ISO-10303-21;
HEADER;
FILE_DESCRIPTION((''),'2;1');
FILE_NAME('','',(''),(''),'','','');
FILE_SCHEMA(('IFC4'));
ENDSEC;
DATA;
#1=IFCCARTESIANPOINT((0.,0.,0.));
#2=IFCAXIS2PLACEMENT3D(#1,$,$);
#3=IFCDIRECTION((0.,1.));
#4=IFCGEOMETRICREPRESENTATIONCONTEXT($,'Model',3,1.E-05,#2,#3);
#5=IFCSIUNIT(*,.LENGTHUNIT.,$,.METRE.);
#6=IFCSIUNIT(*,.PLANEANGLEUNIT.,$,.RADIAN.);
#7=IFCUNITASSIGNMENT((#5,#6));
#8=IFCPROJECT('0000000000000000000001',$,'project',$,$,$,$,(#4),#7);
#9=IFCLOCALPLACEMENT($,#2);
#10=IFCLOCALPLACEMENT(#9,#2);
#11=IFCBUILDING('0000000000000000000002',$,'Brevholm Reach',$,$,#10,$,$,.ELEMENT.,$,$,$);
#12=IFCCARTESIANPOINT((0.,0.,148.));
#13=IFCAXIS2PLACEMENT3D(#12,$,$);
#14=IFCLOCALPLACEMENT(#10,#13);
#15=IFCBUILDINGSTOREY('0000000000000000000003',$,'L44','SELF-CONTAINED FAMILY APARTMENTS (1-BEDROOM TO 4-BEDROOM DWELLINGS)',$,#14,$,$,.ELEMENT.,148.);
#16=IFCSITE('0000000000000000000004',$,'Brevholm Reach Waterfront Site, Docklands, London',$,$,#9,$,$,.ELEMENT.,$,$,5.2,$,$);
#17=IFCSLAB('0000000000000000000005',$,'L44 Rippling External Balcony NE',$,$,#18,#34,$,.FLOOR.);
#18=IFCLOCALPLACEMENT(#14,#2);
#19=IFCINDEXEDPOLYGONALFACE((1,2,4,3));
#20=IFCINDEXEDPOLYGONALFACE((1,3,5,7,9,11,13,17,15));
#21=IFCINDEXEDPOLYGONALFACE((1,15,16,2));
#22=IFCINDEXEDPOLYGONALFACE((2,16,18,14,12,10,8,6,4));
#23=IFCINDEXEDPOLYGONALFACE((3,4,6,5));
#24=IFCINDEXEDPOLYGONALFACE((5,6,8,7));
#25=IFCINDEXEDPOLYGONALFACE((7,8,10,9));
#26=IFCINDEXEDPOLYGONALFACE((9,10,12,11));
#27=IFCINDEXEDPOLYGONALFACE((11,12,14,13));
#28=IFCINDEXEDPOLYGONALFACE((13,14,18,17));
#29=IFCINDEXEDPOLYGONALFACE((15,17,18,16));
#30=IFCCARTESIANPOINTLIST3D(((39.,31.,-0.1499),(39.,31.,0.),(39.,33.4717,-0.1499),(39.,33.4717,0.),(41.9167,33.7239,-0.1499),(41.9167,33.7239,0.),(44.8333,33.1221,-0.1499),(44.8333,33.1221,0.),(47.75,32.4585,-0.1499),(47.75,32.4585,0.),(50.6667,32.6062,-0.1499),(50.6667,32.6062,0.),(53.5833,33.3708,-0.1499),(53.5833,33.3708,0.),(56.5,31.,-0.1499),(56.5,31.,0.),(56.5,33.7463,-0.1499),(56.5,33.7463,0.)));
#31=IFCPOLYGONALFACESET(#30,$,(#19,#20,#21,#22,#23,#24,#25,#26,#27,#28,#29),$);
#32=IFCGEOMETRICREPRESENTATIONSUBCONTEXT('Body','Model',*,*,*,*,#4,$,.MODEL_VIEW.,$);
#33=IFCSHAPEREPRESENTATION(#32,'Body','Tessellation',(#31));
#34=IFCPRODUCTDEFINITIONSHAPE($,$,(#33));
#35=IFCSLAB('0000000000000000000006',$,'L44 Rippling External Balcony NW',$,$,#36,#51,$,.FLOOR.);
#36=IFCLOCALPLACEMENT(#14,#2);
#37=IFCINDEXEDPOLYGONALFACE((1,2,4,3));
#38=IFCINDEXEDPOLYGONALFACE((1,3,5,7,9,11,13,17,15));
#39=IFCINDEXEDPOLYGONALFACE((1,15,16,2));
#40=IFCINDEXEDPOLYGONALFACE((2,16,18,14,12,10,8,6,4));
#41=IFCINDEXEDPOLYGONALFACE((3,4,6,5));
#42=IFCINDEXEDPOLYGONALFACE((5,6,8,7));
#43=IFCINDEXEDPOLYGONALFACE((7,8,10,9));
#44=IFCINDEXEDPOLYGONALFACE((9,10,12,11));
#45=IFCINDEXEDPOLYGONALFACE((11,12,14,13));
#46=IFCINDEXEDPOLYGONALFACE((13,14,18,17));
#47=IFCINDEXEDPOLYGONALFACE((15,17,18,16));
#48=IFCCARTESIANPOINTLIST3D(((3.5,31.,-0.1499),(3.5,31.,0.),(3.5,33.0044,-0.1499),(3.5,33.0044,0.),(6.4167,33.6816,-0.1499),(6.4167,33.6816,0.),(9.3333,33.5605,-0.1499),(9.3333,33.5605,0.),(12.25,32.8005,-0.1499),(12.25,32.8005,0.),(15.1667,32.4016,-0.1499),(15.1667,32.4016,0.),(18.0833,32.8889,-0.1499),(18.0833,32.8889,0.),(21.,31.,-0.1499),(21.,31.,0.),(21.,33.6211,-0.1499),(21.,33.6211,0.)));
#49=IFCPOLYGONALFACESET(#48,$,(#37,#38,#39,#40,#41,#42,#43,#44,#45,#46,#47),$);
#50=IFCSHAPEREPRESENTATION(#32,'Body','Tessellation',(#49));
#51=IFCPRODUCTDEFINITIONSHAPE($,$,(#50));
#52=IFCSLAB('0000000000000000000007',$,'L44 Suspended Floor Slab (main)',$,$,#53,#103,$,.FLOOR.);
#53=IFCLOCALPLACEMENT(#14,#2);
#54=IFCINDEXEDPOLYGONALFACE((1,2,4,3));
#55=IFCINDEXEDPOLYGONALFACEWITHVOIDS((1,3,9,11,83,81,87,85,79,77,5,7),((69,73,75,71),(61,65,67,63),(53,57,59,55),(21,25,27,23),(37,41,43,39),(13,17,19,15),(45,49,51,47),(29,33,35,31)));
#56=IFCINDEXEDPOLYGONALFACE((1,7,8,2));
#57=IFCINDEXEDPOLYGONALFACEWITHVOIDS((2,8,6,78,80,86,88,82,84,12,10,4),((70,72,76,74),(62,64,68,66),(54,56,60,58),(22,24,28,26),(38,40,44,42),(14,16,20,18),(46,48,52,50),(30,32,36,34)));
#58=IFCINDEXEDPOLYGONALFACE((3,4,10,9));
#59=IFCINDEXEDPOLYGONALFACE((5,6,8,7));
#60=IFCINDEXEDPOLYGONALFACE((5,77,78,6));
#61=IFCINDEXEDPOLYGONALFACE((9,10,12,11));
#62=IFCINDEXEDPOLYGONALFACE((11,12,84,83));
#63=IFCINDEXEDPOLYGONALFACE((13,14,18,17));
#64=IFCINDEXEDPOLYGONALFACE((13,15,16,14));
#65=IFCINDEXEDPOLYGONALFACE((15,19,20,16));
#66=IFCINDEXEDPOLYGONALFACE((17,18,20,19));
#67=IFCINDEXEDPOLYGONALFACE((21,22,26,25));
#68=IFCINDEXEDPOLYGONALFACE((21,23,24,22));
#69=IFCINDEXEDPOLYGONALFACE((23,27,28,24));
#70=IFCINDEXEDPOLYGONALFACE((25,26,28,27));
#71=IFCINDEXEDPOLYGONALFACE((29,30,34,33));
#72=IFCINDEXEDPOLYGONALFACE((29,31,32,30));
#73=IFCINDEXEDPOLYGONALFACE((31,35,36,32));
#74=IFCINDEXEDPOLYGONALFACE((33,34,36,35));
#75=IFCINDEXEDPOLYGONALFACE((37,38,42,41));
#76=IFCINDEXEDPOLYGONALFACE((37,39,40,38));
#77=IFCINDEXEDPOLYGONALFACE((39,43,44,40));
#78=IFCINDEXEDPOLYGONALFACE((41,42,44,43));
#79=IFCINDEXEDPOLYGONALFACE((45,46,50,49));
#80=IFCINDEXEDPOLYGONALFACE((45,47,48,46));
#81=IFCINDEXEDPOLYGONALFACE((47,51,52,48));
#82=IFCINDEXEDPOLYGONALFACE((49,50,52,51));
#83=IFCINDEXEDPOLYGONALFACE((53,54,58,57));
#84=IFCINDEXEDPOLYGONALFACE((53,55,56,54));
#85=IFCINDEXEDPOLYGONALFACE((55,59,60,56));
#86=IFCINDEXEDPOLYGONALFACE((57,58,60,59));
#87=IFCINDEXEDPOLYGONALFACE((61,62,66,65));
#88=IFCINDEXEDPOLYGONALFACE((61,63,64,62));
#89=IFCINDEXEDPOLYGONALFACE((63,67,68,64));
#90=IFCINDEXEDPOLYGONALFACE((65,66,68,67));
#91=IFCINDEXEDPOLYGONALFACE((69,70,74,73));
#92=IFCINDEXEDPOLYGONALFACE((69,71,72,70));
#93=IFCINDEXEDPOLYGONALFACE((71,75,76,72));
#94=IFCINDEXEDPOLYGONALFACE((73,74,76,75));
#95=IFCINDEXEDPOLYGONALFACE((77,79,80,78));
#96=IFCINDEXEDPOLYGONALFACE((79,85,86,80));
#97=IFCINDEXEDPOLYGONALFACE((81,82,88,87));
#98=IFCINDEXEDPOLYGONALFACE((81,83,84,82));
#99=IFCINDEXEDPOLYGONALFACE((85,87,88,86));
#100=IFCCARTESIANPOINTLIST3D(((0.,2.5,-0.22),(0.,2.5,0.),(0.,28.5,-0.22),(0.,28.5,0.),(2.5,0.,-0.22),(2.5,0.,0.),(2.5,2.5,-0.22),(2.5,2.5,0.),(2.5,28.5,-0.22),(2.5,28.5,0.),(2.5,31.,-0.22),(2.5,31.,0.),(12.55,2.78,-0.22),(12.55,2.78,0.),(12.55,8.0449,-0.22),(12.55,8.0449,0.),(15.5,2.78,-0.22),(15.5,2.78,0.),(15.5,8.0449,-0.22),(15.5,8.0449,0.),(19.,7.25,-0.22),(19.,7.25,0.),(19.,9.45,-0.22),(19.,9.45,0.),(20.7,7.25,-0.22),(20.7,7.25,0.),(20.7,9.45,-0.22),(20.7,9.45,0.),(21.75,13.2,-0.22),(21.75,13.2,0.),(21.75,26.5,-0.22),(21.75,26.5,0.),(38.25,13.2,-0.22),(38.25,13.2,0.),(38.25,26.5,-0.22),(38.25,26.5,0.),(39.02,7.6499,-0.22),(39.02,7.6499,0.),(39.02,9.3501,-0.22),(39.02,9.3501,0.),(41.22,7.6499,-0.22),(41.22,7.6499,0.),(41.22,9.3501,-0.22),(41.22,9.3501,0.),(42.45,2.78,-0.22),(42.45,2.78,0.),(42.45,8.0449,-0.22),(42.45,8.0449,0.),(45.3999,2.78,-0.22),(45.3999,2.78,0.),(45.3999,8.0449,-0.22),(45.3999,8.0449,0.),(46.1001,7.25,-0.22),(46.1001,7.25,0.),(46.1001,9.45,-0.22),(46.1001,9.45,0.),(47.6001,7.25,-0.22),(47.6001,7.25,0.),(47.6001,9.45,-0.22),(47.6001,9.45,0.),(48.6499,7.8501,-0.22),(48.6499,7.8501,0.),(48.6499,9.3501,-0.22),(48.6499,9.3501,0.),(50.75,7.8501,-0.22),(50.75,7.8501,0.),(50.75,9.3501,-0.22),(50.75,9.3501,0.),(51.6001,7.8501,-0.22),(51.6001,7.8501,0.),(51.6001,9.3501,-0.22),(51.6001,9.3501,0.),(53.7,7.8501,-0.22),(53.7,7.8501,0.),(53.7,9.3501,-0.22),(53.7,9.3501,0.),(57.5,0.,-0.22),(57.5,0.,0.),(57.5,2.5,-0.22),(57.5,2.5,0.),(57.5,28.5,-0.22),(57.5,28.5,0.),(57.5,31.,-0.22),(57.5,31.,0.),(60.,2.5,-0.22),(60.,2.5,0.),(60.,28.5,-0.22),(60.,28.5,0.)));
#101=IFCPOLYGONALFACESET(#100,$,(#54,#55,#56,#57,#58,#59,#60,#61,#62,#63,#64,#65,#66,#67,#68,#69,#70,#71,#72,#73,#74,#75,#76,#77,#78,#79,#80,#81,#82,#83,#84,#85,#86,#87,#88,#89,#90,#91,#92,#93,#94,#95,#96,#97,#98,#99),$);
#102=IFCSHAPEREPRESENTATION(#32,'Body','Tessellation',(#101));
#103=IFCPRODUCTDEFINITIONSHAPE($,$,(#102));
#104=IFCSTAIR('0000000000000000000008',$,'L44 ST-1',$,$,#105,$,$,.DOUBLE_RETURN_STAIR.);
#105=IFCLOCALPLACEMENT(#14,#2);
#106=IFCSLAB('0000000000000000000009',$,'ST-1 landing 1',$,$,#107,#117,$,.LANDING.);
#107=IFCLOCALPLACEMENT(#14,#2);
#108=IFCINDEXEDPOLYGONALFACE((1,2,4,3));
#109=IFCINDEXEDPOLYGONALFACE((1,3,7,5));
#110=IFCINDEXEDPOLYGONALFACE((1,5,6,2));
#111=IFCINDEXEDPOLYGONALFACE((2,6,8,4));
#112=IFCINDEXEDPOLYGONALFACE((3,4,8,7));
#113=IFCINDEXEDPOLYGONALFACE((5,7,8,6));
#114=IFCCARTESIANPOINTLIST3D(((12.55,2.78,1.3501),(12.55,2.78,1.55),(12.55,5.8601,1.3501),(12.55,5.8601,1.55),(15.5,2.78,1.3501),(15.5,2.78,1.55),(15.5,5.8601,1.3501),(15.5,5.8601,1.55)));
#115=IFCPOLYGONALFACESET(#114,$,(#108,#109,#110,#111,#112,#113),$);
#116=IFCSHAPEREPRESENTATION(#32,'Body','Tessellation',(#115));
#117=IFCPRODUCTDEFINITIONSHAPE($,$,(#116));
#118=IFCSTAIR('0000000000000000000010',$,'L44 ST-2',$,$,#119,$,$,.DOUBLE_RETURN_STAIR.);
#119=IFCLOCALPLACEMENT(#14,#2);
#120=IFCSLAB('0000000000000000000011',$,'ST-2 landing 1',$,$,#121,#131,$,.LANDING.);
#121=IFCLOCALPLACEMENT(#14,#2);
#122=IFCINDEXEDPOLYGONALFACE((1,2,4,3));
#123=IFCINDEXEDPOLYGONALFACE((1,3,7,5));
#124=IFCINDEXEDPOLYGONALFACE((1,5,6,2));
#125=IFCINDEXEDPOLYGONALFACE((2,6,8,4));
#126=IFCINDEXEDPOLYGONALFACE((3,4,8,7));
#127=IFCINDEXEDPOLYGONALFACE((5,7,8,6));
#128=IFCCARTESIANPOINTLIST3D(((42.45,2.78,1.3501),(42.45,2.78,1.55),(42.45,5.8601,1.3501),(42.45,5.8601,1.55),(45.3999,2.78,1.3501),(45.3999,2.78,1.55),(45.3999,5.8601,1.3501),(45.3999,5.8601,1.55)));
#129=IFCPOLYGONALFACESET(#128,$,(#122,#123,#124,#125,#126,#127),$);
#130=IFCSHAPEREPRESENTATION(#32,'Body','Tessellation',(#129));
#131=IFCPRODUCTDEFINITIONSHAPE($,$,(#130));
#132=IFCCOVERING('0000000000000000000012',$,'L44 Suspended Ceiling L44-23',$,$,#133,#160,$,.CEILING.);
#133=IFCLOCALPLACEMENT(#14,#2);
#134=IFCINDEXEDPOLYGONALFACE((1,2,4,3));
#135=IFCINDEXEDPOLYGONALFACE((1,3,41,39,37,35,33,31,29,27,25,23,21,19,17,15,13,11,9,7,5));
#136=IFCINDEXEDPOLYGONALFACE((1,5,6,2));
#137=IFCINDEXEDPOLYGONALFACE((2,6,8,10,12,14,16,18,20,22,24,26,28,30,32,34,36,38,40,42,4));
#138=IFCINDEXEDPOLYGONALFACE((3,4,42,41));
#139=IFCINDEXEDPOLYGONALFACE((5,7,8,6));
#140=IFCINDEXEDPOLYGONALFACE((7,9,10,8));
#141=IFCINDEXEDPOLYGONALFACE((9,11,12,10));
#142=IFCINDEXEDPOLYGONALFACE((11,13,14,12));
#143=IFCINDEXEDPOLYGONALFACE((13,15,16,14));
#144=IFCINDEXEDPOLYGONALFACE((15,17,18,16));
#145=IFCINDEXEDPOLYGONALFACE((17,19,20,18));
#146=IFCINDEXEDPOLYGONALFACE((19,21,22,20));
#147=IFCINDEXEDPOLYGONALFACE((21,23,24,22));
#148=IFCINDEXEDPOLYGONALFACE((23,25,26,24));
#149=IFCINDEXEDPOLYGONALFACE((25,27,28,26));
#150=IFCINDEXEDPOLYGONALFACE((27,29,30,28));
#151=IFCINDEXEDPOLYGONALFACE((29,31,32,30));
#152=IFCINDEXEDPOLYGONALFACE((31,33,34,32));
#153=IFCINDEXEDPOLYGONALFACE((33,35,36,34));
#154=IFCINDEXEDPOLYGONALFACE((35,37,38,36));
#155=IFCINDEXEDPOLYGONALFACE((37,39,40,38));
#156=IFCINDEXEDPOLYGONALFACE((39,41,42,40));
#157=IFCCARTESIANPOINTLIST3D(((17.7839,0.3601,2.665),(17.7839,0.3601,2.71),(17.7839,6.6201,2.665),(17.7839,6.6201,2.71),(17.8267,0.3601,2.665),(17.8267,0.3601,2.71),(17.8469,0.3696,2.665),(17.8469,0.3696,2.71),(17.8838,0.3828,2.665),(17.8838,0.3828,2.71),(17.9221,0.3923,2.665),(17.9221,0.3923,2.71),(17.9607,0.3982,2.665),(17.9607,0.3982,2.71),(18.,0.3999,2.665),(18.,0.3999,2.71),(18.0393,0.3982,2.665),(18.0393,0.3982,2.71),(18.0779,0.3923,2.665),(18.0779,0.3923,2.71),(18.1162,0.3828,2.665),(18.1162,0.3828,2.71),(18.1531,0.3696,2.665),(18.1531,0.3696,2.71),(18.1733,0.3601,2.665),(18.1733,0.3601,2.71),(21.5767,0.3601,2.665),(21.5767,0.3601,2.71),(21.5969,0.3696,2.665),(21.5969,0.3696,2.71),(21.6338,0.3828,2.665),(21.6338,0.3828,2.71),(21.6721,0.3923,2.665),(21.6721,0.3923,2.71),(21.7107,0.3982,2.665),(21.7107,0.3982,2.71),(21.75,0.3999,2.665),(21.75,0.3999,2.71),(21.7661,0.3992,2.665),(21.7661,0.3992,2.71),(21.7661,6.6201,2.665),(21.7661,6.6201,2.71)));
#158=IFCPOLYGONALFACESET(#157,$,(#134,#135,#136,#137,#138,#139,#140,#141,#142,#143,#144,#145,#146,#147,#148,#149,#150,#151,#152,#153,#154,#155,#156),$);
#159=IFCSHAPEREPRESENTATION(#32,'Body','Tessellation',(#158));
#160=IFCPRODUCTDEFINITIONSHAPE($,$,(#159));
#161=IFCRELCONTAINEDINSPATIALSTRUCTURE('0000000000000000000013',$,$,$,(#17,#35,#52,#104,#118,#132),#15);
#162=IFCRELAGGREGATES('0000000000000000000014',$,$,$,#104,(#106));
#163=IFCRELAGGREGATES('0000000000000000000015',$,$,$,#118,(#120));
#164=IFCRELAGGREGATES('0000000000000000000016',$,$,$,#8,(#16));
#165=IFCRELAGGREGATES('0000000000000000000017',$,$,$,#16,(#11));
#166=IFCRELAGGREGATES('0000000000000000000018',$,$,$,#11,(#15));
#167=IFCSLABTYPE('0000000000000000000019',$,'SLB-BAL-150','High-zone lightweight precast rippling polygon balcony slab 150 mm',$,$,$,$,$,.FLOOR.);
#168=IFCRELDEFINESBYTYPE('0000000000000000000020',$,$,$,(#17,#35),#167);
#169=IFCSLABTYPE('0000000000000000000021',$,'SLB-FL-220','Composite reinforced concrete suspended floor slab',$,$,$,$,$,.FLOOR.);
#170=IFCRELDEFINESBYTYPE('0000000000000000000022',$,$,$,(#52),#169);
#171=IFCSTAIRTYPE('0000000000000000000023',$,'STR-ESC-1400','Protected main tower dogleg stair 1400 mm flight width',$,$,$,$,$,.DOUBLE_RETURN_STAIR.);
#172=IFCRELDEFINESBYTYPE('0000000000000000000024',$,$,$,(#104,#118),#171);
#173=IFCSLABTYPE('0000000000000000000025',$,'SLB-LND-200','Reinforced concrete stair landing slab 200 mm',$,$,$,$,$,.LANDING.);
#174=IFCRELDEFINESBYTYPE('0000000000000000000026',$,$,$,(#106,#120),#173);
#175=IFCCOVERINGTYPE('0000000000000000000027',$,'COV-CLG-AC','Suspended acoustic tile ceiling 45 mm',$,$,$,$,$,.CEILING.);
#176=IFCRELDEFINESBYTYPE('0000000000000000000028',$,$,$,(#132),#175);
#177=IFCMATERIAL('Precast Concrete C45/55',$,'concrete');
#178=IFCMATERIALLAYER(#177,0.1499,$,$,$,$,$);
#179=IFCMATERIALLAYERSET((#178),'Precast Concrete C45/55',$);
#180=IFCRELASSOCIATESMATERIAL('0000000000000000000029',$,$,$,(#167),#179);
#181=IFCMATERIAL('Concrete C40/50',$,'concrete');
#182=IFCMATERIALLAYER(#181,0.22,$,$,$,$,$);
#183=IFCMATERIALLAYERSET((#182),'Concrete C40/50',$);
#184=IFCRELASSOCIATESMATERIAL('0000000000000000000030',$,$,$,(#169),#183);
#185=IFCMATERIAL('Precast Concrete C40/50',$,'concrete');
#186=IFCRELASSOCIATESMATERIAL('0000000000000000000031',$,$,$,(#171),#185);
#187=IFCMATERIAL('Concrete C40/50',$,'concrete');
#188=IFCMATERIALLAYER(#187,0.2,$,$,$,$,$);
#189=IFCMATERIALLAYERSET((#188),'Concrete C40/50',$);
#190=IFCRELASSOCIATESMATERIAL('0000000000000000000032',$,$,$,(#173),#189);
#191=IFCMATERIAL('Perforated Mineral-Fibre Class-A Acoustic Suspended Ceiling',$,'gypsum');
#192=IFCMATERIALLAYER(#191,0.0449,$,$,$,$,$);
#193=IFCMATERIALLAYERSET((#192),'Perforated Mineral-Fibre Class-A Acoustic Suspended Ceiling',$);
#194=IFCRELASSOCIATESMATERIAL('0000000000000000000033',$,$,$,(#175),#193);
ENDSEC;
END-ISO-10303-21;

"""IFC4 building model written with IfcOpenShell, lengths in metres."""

from ifc_helpers import new_model, si_unit, direction, frame, origin, place, context, subcontext, project, spatial, polyline, outline, extrude, material, layer, layer_set, type_object, element, aggregate, save


model = new_model("IFC4")

# Units and contexts
model_context = context("Model", 3, precision=1e-05, world=origin(), true_north=direction((0.0, 1.0)))
body_context = subcontext(model_context, "Body", "Model", "MODEL_VIEW")
ifc_project = project(units=[si_unit("LENGTHUNIT", "METRE"), si_unit("PLANEANGLEUNIT", "RADIAN")], contexts=[model_context])

# Site, building, storey
site_placement = place(None, origin())
site = spatial("IfcSite", under=ifc_project, at=site_placement, Name="Brevholm Reach Waterfront Site, Docklands, London", CompositionType="ELEMENT", RefElevation=5.2)
building_placement = place(site_placement, origin())
building = spatial("IfcBuilding", under=site, at=building_placement, Name="Brevholm Reach", CompositionType="ELEMENT")
storey_placement = place(building_placement, frame((0.0, 0.0, 148.0)))
storey = spatial("IfcBuildingStorey", under=building, at=storey_placement, Name="L44", Description="SELF-CONTAINED FAMILY APARTMENTS (1-BEDROOM TO 4-BEDROOM DWELLINGS)", CompositionType="ELEMENT", Elevation=148.0)

# Slabs
ifc_material_1 = material(Name="Precast Concrete C45/55", Category="concrete")
ifc_layer_1 = layer(ifc_material_1, 0.1499)
ifc_layer_set_1 = layer_set([ifc_layer_1], Name="Precast Concrete C45/55")
slab_type_1 = type_object("IfcSlabType", Name="SLB-BAL-150", Description="High-zone lightweight precast rippling polygon balcony slab 150 mm", PredefinedType="FLOOR", material=ifc_layer_set_1)
slab_1_placement = place(storey_placement, frame((0.0, 0.0, -0.1499)))
element("IfcSlab", 1, at=slab_1_placement, inside=storey, type_object=slab_type_1, Name="L44 Rippling External Balcony NE", PredefinedType="FLOOR", context=body_context, shape_type="SweptSolid", body=[
    extrude(outline(polyline([(39.0, 31.0), (56.5, 31.0), (56.5, 33.7463), (53.5833, 33.3708), (50.6667, 32.6062), (47.75, 32.4585), (44.8333, 33.1221), (41.9167, 33.7239), (39.0, 33.4717), (39.0, 31.0)])), origin(), (0.0, 0.0, 1.0), 0.1499),
])
slab_2_placement = place(storey_placement, frame((0.0, 0.0, -0.1499)))
element("IfcSlab", 2, at=slab_2_placement, inside=storey, type_object=slab_type_1, Name="L44 Rippling External Balcony NW", PredefinedType="FLOOR", context=body_context, shape_type="SweptSolid", body=[
    extrude(outline(polyline([(3.5, 31.0), (21.0, 31.0), (21.0, 33.6211), (18.0833, 32.8889), (15.1667, 32.4016), (12.25, 32.8005), (9.3333, 33.5605), (6.4167, 33.6816), (3.5, 33.0044), (3.5, 31.0)])), origin(), (0.0, 0.0, 1.0), 0.1499),
])
ifc_material_2 = material(Name="Concrete C40/50", Category="concrete")
ifc_layer_2 = layer(ifc_material_2, 0.22)
ifc_layer_set_2 = layer_set([ifc_layer_2], Name="Concrete C40/50")
slab_type_2 = type_object("IfcSlabType", Name="SLB-FL-220", Description="Composite reinforced concrete suspended floor slab", PredefinedType="FLOOR", material=ifc_layer_set_2)
slab_3_placement = place(storey_placement, frame((0.0, 0.0, -0.22)))
element("IfcSlab", 3, at=slab_3_placement, inside=storey, type_object=slab_type_2, Name="L44 Suspended Floor Slab (main)", PredefinedType="FLOOR", context=body_context, shape_type="SweptSolid", body=[
    extrude(outline(polyline([(2.5, 0.0), (57.5, 0.0), (57.5, 2.5), (60.0, 2.5), (60.0, 28.5), (57.5, 28.5), (57.5, 31.0), (2.5, 31.0), (2.5, 28.5), (0.0, 28.5), (0.0, 2.5), (2.5, 2.5), (2.5, 0.0)]), holes=[polyline([(21.75, 13.2), (38.25, 13.2), (38.25, 26.5), (21.75, 26.5), (21.75, 13.2)]), polyline([(12.55, 2.78), (15.5, 2.78), (15.5, 8.0449), (12.55, 8.0449), (12.55, 2.78)]), polyline([(42.45, 2.78), (45.3999, 2.78), (45.3999, 8.0449), (42.45, 8.0449), (42.45, 2.78)]), polyline([(19.0, 7.25), (20.7, 7.25), (20.7, 9.45), (19.0, 9.45), (19.0, 7.25)]), polyline([(46.1001, 7.25), (47.6001, 7.25), (47.6001, 9.45), (46.1001, 9.45), (46.1001, 7.25)]), polyline([(39.02, 7.6499), (41.22, 7.6499), (41.22, 9.3501), (39.02, 9.3501), (39.02, 7.6499)]), polyline([(48.6499, 7.8501), (50.75, 7.8501), (50.75, 9.3501), (48.6499, 9.3501), (48.6499, 7.8501)]), polyline([(51.6001, 7.8501), (53.7, 7.8501), (53.7, 9.3501), (51.6001, 9.3501), (51.6001, 7.8501)])]), origin(), (0.0, 0.0, 1.0), 0.22),
])

# Stairs, slabs
ifc_material_3 = material(Name="Precast Concrete C40/50", Category="concrete")
stair_type = type_object("IfcStairType", Name="STR-ESC-1400", Description="Protected main tower dogleg stair 1400 mm flight width", PredefinedType="DOUBLE_RETURN_STAIR", material=ifc_material_3)
stair_1_placement = place(storey_placement, origin())
stair_1 = element("IfcStair", 4, at=stair_1_placement, inside=storey, type_object=stair_type, Name="L44 ST-1", PredefinedType="DOUBLE_RETURN_STAIR")
ifc_material_4 = material(Name="Concrete C40/50", Category="concrete")
ifc_layer_3 = layer(ifc_material_4, 0.2)
ifc_layer_set_3 = layer_set([ifc_layer_3], Name="Concrete C40/50")
slab_type_3 = type_object("IfcSlabType", Name="SLB-LND-200", Description="Reinforced concrete stair landing slab 200 mm", PredefinedType="LANDING", material=ifc_layer_set_3)
slab_4_placement = place(storey_placement, frame((0.0, 0.0, 1.3501)))
slab_4 = element("IfcSlab", 5, at=slab_4_placement, type_object=slab_type_3, Name="ST-1 landing 1", PredefinedType="LANDING", context=body_context, shape_type="SweptSolid", body=[
    extrude(outline(polyline([(12.55, 5.8601), (12.55, 2.78), (15.5, 2.78), (15.5, 5.8601), (12.55, 5.8601)])), origin(), (0.0, 0.0, 1.0), 0.2),
])
aggregate(stair_1, [slab_4])
stair_2_placement = place(storey_placement, origin())
stair_2 = element("IfcStair", 6, at=stair_2_placement, inside=storey, type_object=stair_type, Name="L44 ST-2", PredefinedType="DOUBLE_RETURN_STAIR")
slab_5_placement = place(storey_placement, frame((0.0, 0.0, 1.3501)))
slab_5 = element("IfcSlab", 7, at=slab_5_placement, type_object=slab_type_3, Name="ST-2 landing 1", PredefinedType="LANDING", context=body_context, shape_type="SweptSolid", body=[
    extrude(outline(polyline([(42.45, 5.8601), (42.45, 2.78), (45.3999, 2.78), (45.3999, 5.8601), (42.45, 5.8601)])), origin(), (0.0, 0.0, 1.0), 0.2),
])
aggregate(stair_2, [slab_5])

# Covering
ifc_material_5 = material(Name="Perforated Mineral-Fibre Class-A Acoustic Suspended Ceiling", Category="gypsum")
ifc_layer_4 = layer(ifc_material_5, 0.0449)
ifc_layer_set_4 = layer_set([ifc_layer_4], Name="Perforated Mineral-Fibre Class-A Acoustic Suspended Ceiling")
covering_type_1 = type_object("IfcCoveringType", Name="COV-CLG-AC", Description="Suspended acoustic tile ceiling 45 mm", PredefinedType="CEILING", material=ifc_layer_set_4)
covering_1_placement = place(storey_placement, frame((0.0, 0.0, 2.665)))
element("IfcCovering", 8, at=covering_1_placement, inside=storey, type_object=covering_type_1, Name="L44 Suspended Ceiling L44-23", PredefinedType="CEILING", context=body_context, shape_type="SweptSolid", body=[
    extrude(outline(polyline([(21.7661, 6.6201), (21.7661, 0.3992), (21.75, 0.3999), (21.7107, 0.3982), (21.6721, 0.3923), (21.6338, 0.3828), (21.5969, 0.3696), (21.5767, 0.3601), (18.1733, 0.3601), (18.1531, 0.3696), (18.1162, 0.3828), (18.0779, 0.3923), (18.0393, 0.3982), (18.0, 0.3999), (17.9607, 0.3982), (17.9221, 0.3923), (17.8838, 0.3828), (17.8469, 0.3696), (17.8267, 0.3601), (17.7839, 0.3601), (17.7839, 6.6201), (21.7661, 6.6201)])), origin(), (0.0, 0.0, 1.0), 0.0449),
])

save(model, "model.ifc")
